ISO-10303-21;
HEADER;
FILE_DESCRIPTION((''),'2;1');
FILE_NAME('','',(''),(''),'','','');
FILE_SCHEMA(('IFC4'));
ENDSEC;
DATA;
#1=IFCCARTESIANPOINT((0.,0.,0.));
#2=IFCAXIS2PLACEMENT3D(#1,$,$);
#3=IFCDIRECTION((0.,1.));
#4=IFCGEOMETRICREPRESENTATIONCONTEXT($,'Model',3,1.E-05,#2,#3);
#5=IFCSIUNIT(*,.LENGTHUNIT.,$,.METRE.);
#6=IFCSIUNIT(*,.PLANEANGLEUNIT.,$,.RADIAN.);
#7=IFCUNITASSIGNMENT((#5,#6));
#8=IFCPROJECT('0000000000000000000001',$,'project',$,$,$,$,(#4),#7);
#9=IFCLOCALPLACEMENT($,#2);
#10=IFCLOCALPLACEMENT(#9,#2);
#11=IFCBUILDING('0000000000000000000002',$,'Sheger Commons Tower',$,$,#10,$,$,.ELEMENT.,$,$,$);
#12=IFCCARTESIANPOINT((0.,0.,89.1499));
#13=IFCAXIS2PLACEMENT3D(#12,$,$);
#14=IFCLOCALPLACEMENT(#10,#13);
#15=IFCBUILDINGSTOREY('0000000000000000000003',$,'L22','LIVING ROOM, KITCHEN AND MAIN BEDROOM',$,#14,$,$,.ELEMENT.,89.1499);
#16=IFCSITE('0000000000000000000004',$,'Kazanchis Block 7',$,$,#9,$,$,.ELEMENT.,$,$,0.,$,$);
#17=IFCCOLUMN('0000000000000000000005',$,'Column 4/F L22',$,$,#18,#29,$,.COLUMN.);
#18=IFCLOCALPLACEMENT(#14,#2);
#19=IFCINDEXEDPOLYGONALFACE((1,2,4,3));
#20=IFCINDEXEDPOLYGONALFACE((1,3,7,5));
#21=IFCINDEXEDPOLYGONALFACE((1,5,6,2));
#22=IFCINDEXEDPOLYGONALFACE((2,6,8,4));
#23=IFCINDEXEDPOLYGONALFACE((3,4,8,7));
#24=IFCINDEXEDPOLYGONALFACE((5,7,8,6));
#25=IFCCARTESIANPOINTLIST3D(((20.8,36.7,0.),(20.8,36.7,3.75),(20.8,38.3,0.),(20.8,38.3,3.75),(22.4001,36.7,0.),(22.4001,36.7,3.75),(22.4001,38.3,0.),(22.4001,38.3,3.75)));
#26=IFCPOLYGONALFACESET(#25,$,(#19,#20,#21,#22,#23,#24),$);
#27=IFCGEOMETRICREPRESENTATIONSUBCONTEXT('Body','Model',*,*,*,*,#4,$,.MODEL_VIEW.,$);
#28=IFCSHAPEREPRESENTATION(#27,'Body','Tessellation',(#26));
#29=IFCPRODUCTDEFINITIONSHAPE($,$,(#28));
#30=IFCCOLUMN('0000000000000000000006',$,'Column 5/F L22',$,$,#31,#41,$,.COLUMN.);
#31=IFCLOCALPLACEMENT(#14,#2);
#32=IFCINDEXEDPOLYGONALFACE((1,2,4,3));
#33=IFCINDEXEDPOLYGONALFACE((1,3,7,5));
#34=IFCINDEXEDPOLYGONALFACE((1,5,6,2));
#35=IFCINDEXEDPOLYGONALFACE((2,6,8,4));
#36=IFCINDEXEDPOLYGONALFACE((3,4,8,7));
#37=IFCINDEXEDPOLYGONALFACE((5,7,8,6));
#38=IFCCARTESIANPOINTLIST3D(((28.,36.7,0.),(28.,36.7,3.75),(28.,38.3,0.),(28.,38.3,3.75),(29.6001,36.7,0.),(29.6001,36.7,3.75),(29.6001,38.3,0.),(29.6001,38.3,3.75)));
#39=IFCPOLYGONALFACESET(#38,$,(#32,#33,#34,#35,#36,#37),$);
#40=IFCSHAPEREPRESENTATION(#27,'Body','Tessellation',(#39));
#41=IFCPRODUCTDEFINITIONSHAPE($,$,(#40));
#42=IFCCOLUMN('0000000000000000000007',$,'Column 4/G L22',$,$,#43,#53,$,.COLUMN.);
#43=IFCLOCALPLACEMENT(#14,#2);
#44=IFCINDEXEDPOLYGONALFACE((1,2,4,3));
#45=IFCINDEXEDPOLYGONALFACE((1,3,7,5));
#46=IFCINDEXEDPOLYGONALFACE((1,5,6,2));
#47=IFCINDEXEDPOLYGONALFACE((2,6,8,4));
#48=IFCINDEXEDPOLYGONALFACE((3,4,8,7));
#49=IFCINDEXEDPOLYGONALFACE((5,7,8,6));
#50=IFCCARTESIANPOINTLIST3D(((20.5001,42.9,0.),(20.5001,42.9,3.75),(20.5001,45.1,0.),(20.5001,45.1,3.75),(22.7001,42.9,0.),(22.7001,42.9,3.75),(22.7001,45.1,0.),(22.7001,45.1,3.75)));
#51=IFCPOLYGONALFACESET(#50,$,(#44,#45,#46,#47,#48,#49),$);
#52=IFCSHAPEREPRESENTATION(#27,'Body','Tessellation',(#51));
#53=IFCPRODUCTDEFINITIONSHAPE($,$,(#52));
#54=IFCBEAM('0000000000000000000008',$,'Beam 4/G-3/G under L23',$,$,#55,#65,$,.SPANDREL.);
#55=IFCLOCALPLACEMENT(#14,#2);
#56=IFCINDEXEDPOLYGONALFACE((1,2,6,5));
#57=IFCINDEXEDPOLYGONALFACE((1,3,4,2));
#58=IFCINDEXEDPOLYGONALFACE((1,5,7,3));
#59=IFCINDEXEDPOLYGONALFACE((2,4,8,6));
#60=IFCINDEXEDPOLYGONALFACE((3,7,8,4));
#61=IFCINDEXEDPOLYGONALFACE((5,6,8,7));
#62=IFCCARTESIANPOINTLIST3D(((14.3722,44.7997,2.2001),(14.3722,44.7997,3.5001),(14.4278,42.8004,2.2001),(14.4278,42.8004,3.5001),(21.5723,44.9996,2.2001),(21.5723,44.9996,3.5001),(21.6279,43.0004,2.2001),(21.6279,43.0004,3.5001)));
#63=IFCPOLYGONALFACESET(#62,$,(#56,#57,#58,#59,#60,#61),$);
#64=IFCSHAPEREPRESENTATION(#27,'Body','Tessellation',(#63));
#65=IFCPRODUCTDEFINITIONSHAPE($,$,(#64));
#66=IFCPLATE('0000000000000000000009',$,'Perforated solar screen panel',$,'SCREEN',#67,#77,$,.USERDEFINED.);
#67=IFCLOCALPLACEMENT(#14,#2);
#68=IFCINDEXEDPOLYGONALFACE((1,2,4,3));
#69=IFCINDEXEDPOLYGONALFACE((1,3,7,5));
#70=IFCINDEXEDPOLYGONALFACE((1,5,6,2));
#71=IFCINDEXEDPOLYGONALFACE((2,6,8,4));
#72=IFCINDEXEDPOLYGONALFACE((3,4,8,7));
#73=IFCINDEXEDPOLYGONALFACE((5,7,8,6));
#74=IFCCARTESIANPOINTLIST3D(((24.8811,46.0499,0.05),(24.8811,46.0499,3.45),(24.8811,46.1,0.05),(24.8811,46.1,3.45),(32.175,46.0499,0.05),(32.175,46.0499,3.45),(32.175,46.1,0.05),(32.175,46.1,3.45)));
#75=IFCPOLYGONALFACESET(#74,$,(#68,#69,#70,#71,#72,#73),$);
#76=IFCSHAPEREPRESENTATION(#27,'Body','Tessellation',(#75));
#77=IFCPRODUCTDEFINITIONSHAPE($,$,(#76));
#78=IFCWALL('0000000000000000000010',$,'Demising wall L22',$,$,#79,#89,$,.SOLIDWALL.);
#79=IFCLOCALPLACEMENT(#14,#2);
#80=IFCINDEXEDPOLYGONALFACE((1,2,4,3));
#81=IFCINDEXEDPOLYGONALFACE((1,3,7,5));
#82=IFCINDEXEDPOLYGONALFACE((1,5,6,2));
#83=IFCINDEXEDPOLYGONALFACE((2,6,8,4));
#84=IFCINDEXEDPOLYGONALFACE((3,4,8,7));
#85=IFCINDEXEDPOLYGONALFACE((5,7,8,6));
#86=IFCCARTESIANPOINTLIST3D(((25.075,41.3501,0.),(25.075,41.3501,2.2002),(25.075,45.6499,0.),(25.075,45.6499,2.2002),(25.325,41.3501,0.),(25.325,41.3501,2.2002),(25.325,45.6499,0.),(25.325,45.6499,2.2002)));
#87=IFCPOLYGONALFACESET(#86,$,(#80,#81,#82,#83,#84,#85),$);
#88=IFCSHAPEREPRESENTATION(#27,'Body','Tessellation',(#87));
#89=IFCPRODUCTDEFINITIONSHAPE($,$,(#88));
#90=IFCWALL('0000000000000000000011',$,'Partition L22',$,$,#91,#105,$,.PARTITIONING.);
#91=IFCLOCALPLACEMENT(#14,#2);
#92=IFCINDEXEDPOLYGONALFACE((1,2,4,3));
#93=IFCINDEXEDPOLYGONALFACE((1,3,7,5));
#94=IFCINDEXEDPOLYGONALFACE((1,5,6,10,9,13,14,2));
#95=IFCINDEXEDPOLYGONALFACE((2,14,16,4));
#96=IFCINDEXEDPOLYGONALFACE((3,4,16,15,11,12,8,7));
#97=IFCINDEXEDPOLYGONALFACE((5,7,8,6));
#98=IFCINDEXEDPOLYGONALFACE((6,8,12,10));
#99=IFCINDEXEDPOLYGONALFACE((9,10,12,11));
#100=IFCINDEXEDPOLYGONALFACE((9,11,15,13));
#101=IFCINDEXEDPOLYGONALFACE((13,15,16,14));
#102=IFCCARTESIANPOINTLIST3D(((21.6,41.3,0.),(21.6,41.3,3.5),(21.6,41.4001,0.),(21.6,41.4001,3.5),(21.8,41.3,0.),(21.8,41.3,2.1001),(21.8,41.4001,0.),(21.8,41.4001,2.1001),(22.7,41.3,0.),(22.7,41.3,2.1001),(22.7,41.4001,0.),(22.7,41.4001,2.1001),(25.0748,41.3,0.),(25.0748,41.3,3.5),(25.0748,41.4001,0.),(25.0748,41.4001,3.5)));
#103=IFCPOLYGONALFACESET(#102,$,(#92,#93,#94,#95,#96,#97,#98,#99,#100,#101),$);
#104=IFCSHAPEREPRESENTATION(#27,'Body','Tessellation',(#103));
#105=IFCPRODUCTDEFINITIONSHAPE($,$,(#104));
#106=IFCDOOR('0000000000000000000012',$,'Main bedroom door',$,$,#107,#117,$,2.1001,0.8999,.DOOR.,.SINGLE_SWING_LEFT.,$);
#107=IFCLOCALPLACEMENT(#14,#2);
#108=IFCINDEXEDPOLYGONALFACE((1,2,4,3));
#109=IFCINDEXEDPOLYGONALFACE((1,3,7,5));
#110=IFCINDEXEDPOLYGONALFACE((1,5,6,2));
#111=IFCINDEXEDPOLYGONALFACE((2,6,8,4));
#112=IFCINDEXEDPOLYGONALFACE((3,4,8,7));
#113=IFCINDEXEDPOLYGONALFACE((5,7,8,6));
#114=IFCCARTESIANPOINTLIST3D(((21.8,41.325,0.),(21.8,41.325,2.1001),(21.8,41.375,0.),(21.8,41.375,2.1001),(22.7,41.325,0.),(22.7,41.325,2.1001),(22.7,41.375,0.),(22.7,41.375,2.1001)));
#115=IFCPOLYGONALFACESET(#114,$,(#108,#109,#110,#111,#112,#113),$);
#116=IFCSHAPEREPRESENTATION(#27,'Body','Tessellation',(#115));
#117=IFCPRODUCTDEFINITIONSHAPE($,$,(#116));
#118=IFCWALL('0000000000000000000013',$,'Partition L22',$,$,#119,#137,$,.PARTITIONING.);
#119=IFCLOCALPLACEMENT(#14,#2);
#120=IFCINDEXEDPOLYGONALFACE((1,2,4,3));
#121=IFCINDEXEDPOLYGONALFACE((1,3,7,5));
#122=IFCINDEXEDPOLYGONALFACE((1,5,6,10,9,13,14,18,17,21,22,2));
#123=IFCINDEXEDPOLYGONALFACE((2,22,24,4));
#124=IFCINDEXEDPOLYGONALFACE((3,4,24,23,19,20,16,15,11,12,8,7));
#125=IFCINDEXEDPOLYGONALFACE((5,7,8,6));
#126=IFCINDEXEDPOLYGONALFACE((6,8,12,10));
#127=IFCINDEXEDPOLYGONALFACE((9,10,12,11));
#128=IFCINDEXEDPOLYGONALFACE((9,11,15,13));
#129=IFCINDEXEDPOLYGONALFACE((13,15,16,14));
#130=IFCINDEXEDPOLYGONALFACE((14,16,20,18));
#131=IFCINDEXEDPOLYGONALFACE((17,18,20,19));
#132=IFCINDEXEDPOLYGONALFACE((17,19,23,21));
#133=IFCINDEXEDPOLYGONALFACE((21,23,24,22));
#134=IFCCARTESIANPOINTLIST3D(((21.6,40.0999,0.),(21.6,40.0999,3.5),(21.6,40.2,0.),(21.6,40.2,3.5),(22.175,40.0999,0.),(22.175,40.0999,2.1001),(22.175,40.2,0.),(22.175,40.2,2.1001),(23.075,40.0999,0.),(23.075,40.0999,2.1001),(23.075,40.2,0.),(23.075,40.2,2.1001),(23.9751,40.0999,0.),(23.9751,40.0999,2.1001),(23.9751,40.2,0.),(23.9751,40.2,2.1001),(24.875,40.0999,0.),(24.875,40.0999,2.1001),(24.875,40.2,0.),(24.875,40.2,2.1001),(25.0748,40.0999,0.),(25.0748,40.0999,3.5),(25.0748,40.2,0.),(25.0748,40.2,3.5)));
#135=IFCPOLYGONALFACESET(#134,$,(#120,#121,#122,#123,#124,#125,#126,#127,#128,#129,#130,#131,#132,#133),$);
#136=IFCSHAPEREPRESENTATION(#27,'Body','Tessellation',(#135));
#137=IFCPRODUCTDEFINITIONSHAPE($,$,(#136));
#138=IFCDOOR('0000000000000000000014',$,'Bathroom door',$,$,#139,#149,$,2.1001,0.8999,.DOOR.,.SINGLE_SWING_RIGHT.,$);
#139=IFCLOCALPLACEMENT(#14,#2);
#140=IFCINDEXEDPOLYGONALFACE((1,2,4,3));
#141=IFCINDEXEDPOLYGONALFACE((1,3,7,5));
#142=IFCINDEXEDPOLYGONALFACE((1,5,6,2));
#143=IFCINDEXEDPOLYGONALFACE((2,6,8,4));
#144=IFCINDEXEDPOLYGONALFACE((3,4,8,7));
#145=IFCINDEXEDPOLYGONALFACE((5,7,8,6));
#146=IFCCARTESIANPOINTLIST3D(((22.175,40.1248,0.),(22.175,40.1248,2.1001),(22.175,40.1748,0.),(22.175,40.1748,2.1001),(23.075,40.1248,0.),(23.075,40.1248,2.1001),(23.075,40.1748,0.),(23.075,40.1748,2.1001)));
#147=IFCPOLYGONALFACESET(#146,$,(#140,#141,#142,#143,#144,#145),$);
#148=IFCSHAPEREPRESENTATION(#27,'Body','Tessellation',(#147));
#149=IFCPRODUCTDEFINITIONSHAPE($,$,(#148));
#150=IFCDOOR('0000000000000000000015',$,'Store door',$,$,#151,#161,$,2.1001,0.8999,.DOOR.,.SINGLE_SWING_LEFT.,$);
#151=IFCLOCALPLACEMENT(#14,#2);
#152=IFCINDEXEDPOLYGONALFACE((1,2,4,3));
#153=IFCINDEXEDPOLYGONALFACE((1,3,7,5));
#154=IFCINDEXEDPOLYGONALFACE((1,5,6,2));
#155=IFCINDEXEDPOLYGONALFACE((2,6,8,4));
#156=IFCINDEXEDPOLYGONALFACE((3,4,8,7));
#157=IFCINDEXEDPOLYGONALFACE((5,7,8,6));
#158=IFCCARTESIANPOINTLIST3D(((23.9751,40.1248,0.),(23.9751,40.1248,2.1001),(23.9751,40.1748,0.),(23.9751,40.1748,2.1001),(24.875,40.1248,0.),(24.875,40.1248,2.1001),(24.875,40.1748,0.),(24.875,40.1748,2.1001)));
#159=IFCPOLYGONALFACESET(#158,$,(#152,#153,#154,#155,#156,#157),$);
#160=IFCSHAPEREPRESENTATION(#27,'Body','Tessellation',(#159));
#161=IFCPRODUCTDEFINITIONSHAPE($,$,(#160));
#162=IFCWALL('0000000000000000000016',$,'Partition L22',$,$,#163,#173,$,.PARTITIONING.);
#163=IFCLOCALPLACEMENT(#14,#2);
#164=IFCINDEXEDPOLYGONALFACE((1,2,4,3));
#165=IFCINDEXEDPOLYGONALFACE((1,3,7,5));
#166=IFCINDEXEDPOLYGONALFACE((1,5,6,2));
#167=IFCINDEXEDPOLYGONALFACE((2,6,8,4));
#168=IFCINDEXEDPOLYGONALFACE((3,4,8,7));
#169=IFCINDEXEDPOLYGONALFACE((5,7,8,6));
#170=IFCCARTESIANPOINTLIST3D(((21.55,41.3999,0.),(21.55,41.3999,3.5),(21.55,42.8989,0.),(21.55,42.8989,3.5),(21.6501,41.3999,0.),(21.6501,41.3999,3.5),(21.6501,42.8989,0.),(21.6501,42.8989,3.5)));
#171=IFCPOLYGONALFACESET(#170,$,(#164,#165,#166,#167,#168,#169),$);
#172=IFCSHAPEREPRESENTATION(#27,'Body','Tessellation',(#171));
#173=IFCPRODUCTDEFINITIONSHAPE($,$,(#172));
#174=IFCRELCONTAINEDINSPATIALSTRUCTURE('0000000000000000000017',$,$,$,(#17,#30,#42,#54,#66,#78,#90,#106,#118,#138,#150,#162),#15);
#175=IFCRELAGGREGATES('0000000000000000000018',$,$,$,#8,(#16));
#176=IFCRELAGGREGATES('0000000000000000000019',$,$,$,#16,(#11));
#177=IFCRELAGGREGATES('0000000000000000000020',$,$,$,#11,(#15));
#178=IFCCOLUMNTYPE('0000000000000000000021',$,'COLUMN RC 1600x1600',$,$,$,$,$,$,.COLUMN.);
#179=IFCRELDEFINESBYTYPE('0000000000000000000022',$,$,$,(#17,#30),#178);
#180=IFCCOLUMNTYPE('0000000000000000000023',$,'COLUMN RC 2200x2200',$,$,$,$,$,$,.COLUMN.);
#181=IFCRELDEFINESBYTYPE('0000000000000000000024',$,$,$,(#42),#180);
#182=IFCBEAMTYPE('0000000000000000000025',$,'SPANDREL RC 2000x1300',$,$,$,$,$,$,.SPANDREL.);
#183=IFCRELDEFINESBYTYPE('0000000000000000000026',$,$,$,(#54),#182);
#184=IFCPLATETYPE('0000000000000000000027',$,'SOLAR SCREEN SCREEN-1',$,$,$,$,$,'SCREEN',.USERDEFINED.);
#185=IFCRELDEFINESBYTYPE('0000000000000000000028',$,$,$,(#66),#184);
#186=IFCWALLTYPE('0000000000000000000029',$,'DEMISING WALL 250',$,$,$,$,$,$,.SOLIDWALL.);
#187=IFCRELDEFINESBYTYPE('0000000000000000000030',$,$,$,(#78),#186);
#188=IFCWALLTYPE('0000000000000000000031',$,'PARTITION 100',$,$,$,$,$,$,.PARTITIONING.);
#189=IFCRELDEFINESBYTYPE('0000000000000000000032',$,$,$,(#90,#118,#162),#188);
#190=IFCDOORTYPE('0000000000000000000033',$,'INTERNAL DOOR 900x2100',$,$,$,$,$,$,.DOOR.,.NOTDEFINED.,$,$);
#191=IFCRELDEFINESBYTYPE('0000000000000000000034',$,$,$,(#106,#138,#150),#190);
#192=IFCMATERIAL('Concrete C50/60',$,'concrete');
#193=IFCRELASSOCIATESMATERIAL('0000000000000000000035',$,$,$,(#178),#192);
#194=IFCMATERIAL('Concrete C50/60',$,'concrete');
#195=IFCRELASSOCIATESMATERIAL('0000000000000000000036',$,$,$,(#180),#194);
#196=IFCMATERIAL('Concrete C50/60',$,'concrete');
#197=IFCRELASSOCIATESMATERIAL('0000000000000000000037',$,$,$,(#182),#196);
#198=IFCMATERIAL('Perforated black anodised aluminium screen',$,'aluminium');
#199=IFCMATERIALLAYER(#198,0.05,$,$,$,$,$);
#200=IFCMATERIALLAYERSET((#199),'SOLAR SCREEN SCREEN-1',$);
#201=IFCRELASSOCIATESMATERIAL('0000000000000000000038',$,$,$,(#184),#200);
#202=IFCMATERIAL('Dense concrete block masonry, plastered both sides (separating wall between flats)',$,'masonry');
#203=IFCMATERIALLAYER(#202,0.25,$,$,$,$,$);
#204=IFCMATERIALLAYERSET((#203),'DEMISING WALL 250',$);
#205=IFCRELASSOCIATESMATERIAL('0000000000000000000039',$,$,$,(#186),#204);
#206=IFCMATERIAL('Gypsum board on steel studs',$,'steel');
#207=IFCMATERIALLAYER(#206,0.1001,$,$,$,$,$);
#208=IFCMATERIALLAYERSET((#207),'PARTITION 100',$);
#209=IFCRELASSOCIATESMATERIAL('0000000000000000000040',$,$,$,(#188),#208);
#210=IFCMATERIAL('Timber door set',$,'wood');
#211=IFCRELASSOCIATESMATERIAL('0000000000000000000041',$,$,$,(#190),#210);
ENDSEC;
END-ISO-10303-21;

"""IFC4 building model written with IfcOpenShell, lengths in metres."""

from ifc_helpers import new_model, si_unit, direction, frame, frame_2d, origin, origin_2d, place, context, subcontext, project, spatial, rectangle, extrude, material, layer, layer_set, material_profile, profile_set, type_object, element, fill, save


model = new_model("IFC4")

# Units and contexts
model_context = context("Model", 3, precision=1e-05, world=origin(), true_north=direction((0.0, 1.0)))
body_context = subcontext(model_context, "Body", "Model", "MODEL_VIEW")
ifc_project = project(units=[si_unit("LENGTHUNIT", "METRE"), si_unit("PLANEANGLEUNIT", "RADIAN")], contexts=[model_context])

# Site, building, storey
site_placement = place(None, origin())
site = spatial("IfcSite", under=ifc_project, at=site_placement, Name="Kazanchis Block 7", CompositionType="ELEMENT", RefElevation=0.0)
building_placement = place(site_placement, origin())
building = spatial("IfcBuilding", under=site, at=building_placement, Name="Sheger Commons Tower", CompositionType="ELEMENT")
storey_placement = place(building_placement, frame((0.0, 0.0, 89.1499)))
storey = spatial("IfcBuildingStorey", under=building, at=storey_placement, Name="L22", Description="LIVING ROOM, KITCHEN AND MAIN BEDROOM", CompositionType="ELEMENT", Elevation=89.1499)

# Columns
ifc_material_1 = material(Name="Concrete C50/60", Category="concrete")
ifc_material_profile_1 = material_profile(ifc_material_1, rectangle(XDim=1.6001, YDim=1.6001, at=origin_2d()), Name="RC 1600x1600")
ifc_profile_set_1 = profile_set([ifc_material_profile_1], Name="Concrete C50/60")
column_type_1 = type_object("IfcColumnType", Name="COLUMN RC 1600x1600", PredefinedType="COLUMN", material=ifc_profile_set_1)
for number, where, z_axis, x_axis, name in (
    (1, (21.6001, 37.5, 0.0), (0.0, 0.0, 1.0), (1.0, 0.0, 0.0), "Column 4/F L22"),
    (2, (28.8, 37.5, 0.0), (0.0, 0.0, 1.0), (1.0, 0.0, 0.0), "Column 5/F L22"),
):
    element("IfcColumn", number, at=place(storey_placement, frame(where, z_axis=z_axis, x_axis=x_axis)), inside=storey, type_object=column_type_1, Name=name, PredefinedType="COLUMN", context=body_context, shape_type="SweptSolid", body=[
        extrude(rectangle(XDim=1.6001, YDim=1.6001, at=origin_2d()), origin(), (0.0, 0.0, 1.0), 3.75),
    ])
ifc_material_2 = material(Name="Concrete C50/60", Category="concrete")
ifc_material_profile_2 = material_profile(ifc_material_2, rectangle(XDim=2.2, YDim=2.2, at=origin_2d()), Name="RC 2200x2200")
ifc_profile_set_2 = profile_set([ifc_material_profile_2], Name="Concrete C50/60")
column_type_2 = type_object("IfcColumnType", Name="COLUMN RC 2200x2200", PredefinedType="COLUMN", material=ifc_profile_set_2)
column_placement = place(storey_placement, frame((21.6001, 44.0, 0.0), z_axis=(0.0, 0.0, 1.0), x_axis=(1.0, 0.0, 0.0)))
element("IfcColumn", 3, at=column_placement, inside=storey, type_object=column_type_2, Name="Column 4/G L22", PredefinedType="COLUMN", context=body_context, shape_type="SweptSolid", body=[
    extrude(rectangle(XDim=2.2, YDim=2.2, at=origin_2d()), origin(), (0.0, 0.0, 1.0), 3.75),
])

# Beam
ifc_material_3 = material(Name="Concrete C50/60", Category="concrete")
ifc_material_profile_3 = material_profile(ifc_material_3, rectangle(XDim=2.0, YDim=1.3, at=origin_2d()), Name="RC 2000x1300")
ifc_profile_set_3 = profile_set([ifc_material_profile_3], Name="Concrete C50/60")
beam_type = type_object("IfcBeamType", Name="SPANDREL RC 2000x1300", PredefinedType="SPANDREL", material=ifc_profile_set_3)
beam_placement = place(storey_placement, frame((21.6001, 44.0, 2.8501), z_axis=(-0.999615, -0.02776, 0.0), x_axis=(0.02776, -0.999615, 0.0)))
element("IfcBeam", 4, at=beam_placement, inside=storey, type_object=beam_type, Name="Beam 4/G-3/G under L23", PredefinedType="SPANDREL", context=body_context, shape_type="SweptSolid", body=[
    extrude(rectangle(XDim=2.0, YDim=1.3, at=origin_2d()), origin(), (0.0, 0.0, 1.0), 7.2029),
])

# Plate
ifc_material_4 = material(Name="Perforated black anodised aluminium screen", Category="aluminium")
ifc_layer_1 = layer(ifc_material_4, 0.05)
ifc_layer_set_1 = layer_set([ifc_layer_1], Name="SOLAR SCREEN SCREEN-1")
plate_type = type_object("IfcPlateType", Name="SOLAR SCREEN SCREEN-1", ElementType="SCREEN", PredefinedType="USERDEFINED", material=ifc_layer_set_1)
plate_placement = place(storey_placement, frame((28.5281, 46.075, 0.05), z_axis=(0.0, 0.0, 1.0), x_axis=(-1.0, 0.0, 0.0)))
element("IfcPlate", 5, at=plate_placement, inside=storey, type_object=plate_type, Name="Perforated solar screen panel", ObjectType="SCREEN", PredefinedType="USERDEFINED", context=body_context, shape_type="SweptSolid", body=[
    extrude(rectangle(XDim=7.2939, YDim=0.05, at=origin_2d()), origin(), (0.0, 0.0, 1.0), 3.3999),
])

# Wall
ifc_material_5 = material(Name="Dense concrete block masonry, plastered both sides (separating wall between flats)", Category="masonry")
ifc_layer_2 = layer(ifc_material_5, 0.25)
ifc_layer_set_2 = layer_set([ifc_layer_2], Name="DEMISING WALL 250")
wall_type_1 = type_object("IfcWallType", Name="DEMISING WALL 250", PredefinedType="SOLIDWALL", material=ifc_layer_set_2)
wall_1_placement = place(storey_placement, frame((25.2, 41.3501, 0.0), z_axis=(0.0, 0.0, 1.0), x_axis=(0.0, 1.0, 0.0)))
element("IfcWall", 6, at=wall_1_placement, inside=storey, type_object=wall_type_1, Name="Demising wall L22", PredefinedType="SOLIDWALL", context=body_context, shape_type="SweptSolid", body=[
    extrude(rectangle(XDim=4.2998, YDim=0.25, at=frame_2d((2.1499, 0.0))), origin(), (0.0, 0.0, 1.0), 2.2002),
])

# Wall, opening, door
ifc_material_6 = material(Name="Gypsum board on steel studs", Category="steel")
ifc_layer_3 = layer(ifc_material_6, 0.1001)
ifc_layer_set_3 = layer_set([ifc_layer_3], Name="PARTITION 100")
wall_type_2 = type_object("IfcWallType", Name="PARTITION 100", PredefinedType="PARTITIONING", material=ifc_layer_set_3)
wall_2_placement = place(storey_placement, frame((21.6001, 41.3501, 0.0), z_axis=(0.0, 0.0, 1.0), x_axis=(1.0, 0.0, 0.0)))
wall_2 = element("IfcWall", 7, at=wall_2_placement, inside=storey, type_object=wall_type_2, Name="Partition L22", PredefinedType="PARTITIONING", context=body_context, shape_type="SweptSolid", body=[
    extrude(rectangle(XDim=3.4749, YDim=0.1001, at=frame_2d((1.7373, 0.0))), origin(), (0.0, 0.0, 1.0), 3.5),
])
opening_1_placement = place(wall_2_placement, frame((0.2, 0.0, 0.0)))
opening_1 = element("IfcOpeningElement", 8, at=opening_1_placement, cuts=wall_2, PredefinedType="OPENING", context=body_context, shape_type="SweptSolid", body=[
    extrude(rectangle(XDim=0.8999, YDim=2.1001, at=frame_2d((0.45, 1.05))), frame((0.0, 0.0601, 0.0), z_axis=(0.0, -1.0, 0.0), x_axis=(1.0, 0.0, 0.0)), (0.0, 0.0, 1.0), 0.1201),
])
ifc_material_7 = material(Name="Timber door set", Category="wood")
door_type = type_object("IfcDoorType", Name="INTERNAL DOOR 900x2100", OperationType="NOTDEFINED", PredefinedType="DOOR", material=ifc_material_7)
door_1_placement = place(opening_1_placement, origin())
door_1 = element("IfcDoor", 9, at=door_1_placement, inside=storey, type_object=door_type, Name="Main bedroom door", OperationType="SINGLE_SWING_LEFT", OverallHeight=2.1001, OverallWidth=0.8999, PredefinedType="DOOR", context=body_context, shape_type="SweptSolid", body=[
    extrude(rectangle(XDim=0.8999, YDim=2.1001, at=frame_2d((0.45, 1.05))), frame((0.0, 0.0249, 0.0), z_axis=(0.0, -1.0, 0.0), x_axis=(1.0, 0.0, 0.0)), (0.0, 0.0, 1.0), 0.05),
])
fill(opening_1, door_1)

# Wall, openings, doors
wall_3_placement = place(storey_placement, frame((21.6001, 40.1499, 0.0), z_axis=(0.0, 0.0, 1.0), x_axis=(1.0, 0.0, 0.0)))
wall_3 = element("IfcWall", 10, at=wall_3_placement, inside=storey, type_object=wall_type_2, Name="Partition L22", PredefinedType="PARTITIONING", context=body_context, shape_type="SweptSolid", body=[
    extrude(rectangle(XDim=3.4749, YDim=0.1001, at=frame_2d((1.7373, 0.0))), origin(), (0.0, 0.0, 1.0), 3.5),
])
opening_2_placement = place(wall_3_placement, frame((0.575, 0.0, 0.0)))
opening_2 = element("IfcOpeningElement", 11, at=opening_2_placement, cuts=wall_3, PredefinedType="OPENING", context=body_context, shape_type="SweptSolid", body=[
    extrude(rectangle(XDim=0.8999, YDim=2.1001, at=frame_2d((0.45, 1.05))), frame((0.0, 0.0601, 0.0), z_axis=(0.0, -1.0, 0.0), x_axis=(1.0, 0.0, 0.0)), (0.0, 0.0, 1.0), 0.1201),
])
opening_3_placement = place(wall_3_placement, frame((2.375, 0.0, 0.0)))
opening_3 = element("IfcOpeningElement", 12, at=opening_3_placement, cuts=wall_3, PredefinedType="OPENING", context=body_context, shape_type="SweptSolid", body=[
    extrude(rectangle(XDim=0.8999, YDim=2.1001, at=frame_2d((0.45, 1.05))), frame((0.0, 0.0601, 0.0), z_axis=(0.0, -1.0, 0.0), x_axis=(1.0, 0.0, 0.0)), (0.0, 0.0, 1.0), 0.1201),
])
door_2_placement = place(opening_2_placement, origin())
door_2 = element("IfcDoor", 13, at=door_2_placement, inside=storey, type_object=door_type, Name="Bathroom door", OperationType="SINGLE_SWING_RIGHT", OverallHeight=2.1001, OverallWidth=0.8999, PredefinedType="DOOR", context=body_context, shape_type="SweptSolid", body=[
    extrude(rectangle(XDim=0.8999, YDim=2.1001, at=frame_2d((0.45, 1.05))), frame((0.0, 0.0249, 0.0), z_axis=(0.0, -1.0, 0.0), x_axis=(1.0, 0.0, 0.0)), (0.0, 0.0, 1.0), 0.05),
])
fill(opening_2, door_2)
door_3_placement = place(opening_3_placement, origin())
door_3 = element("IfcDoor", 14, at=door_3_placement, inside=storey, type_object=door_type, Name="Store door", OperationType="SINGLE_SWING_LEFT", OverallHeight=2.1001, OverallWidth=0.8999, PredefinedType="DOOR", context=body_context, shape_type="SweptSolid", body=[
    extrude(rectangle(XDim=0.8999, YDim=2.1001, at=frame_2d((0.45, 1.05))), frame((0.0, 0.0249, 0.0), z_axis=(0.0, -1.0, 0.0), x_axis=(1.0, 0.0, 0.0)), (0.0, 0.0, 1.0), 0.05),
])
fill(opening_3, door_3)

# Wall
wall_4_placement = place(storey_placement, frame((21.6001, 41.3999, 0.0), z_axis=(0.0, 0.0, 1.0), x_axis=(0.0, 1.0, 0.0)))
element("IfcWall", 15, at=wall_4_placement, inside=storey, type_object=wall_type_2, Name="Partition L22", PredefinedType="PARTITIONING", context=body_context, shape_type="SweptSolid", body=[
    extrude(rectangle(XDim=1.499, YDim=0.1001, at=frame_2d((0.7495, 0.0))), origin(), (0.0, 0.0, 1.0), 3.5),
])

save(model, "model.ifc")
